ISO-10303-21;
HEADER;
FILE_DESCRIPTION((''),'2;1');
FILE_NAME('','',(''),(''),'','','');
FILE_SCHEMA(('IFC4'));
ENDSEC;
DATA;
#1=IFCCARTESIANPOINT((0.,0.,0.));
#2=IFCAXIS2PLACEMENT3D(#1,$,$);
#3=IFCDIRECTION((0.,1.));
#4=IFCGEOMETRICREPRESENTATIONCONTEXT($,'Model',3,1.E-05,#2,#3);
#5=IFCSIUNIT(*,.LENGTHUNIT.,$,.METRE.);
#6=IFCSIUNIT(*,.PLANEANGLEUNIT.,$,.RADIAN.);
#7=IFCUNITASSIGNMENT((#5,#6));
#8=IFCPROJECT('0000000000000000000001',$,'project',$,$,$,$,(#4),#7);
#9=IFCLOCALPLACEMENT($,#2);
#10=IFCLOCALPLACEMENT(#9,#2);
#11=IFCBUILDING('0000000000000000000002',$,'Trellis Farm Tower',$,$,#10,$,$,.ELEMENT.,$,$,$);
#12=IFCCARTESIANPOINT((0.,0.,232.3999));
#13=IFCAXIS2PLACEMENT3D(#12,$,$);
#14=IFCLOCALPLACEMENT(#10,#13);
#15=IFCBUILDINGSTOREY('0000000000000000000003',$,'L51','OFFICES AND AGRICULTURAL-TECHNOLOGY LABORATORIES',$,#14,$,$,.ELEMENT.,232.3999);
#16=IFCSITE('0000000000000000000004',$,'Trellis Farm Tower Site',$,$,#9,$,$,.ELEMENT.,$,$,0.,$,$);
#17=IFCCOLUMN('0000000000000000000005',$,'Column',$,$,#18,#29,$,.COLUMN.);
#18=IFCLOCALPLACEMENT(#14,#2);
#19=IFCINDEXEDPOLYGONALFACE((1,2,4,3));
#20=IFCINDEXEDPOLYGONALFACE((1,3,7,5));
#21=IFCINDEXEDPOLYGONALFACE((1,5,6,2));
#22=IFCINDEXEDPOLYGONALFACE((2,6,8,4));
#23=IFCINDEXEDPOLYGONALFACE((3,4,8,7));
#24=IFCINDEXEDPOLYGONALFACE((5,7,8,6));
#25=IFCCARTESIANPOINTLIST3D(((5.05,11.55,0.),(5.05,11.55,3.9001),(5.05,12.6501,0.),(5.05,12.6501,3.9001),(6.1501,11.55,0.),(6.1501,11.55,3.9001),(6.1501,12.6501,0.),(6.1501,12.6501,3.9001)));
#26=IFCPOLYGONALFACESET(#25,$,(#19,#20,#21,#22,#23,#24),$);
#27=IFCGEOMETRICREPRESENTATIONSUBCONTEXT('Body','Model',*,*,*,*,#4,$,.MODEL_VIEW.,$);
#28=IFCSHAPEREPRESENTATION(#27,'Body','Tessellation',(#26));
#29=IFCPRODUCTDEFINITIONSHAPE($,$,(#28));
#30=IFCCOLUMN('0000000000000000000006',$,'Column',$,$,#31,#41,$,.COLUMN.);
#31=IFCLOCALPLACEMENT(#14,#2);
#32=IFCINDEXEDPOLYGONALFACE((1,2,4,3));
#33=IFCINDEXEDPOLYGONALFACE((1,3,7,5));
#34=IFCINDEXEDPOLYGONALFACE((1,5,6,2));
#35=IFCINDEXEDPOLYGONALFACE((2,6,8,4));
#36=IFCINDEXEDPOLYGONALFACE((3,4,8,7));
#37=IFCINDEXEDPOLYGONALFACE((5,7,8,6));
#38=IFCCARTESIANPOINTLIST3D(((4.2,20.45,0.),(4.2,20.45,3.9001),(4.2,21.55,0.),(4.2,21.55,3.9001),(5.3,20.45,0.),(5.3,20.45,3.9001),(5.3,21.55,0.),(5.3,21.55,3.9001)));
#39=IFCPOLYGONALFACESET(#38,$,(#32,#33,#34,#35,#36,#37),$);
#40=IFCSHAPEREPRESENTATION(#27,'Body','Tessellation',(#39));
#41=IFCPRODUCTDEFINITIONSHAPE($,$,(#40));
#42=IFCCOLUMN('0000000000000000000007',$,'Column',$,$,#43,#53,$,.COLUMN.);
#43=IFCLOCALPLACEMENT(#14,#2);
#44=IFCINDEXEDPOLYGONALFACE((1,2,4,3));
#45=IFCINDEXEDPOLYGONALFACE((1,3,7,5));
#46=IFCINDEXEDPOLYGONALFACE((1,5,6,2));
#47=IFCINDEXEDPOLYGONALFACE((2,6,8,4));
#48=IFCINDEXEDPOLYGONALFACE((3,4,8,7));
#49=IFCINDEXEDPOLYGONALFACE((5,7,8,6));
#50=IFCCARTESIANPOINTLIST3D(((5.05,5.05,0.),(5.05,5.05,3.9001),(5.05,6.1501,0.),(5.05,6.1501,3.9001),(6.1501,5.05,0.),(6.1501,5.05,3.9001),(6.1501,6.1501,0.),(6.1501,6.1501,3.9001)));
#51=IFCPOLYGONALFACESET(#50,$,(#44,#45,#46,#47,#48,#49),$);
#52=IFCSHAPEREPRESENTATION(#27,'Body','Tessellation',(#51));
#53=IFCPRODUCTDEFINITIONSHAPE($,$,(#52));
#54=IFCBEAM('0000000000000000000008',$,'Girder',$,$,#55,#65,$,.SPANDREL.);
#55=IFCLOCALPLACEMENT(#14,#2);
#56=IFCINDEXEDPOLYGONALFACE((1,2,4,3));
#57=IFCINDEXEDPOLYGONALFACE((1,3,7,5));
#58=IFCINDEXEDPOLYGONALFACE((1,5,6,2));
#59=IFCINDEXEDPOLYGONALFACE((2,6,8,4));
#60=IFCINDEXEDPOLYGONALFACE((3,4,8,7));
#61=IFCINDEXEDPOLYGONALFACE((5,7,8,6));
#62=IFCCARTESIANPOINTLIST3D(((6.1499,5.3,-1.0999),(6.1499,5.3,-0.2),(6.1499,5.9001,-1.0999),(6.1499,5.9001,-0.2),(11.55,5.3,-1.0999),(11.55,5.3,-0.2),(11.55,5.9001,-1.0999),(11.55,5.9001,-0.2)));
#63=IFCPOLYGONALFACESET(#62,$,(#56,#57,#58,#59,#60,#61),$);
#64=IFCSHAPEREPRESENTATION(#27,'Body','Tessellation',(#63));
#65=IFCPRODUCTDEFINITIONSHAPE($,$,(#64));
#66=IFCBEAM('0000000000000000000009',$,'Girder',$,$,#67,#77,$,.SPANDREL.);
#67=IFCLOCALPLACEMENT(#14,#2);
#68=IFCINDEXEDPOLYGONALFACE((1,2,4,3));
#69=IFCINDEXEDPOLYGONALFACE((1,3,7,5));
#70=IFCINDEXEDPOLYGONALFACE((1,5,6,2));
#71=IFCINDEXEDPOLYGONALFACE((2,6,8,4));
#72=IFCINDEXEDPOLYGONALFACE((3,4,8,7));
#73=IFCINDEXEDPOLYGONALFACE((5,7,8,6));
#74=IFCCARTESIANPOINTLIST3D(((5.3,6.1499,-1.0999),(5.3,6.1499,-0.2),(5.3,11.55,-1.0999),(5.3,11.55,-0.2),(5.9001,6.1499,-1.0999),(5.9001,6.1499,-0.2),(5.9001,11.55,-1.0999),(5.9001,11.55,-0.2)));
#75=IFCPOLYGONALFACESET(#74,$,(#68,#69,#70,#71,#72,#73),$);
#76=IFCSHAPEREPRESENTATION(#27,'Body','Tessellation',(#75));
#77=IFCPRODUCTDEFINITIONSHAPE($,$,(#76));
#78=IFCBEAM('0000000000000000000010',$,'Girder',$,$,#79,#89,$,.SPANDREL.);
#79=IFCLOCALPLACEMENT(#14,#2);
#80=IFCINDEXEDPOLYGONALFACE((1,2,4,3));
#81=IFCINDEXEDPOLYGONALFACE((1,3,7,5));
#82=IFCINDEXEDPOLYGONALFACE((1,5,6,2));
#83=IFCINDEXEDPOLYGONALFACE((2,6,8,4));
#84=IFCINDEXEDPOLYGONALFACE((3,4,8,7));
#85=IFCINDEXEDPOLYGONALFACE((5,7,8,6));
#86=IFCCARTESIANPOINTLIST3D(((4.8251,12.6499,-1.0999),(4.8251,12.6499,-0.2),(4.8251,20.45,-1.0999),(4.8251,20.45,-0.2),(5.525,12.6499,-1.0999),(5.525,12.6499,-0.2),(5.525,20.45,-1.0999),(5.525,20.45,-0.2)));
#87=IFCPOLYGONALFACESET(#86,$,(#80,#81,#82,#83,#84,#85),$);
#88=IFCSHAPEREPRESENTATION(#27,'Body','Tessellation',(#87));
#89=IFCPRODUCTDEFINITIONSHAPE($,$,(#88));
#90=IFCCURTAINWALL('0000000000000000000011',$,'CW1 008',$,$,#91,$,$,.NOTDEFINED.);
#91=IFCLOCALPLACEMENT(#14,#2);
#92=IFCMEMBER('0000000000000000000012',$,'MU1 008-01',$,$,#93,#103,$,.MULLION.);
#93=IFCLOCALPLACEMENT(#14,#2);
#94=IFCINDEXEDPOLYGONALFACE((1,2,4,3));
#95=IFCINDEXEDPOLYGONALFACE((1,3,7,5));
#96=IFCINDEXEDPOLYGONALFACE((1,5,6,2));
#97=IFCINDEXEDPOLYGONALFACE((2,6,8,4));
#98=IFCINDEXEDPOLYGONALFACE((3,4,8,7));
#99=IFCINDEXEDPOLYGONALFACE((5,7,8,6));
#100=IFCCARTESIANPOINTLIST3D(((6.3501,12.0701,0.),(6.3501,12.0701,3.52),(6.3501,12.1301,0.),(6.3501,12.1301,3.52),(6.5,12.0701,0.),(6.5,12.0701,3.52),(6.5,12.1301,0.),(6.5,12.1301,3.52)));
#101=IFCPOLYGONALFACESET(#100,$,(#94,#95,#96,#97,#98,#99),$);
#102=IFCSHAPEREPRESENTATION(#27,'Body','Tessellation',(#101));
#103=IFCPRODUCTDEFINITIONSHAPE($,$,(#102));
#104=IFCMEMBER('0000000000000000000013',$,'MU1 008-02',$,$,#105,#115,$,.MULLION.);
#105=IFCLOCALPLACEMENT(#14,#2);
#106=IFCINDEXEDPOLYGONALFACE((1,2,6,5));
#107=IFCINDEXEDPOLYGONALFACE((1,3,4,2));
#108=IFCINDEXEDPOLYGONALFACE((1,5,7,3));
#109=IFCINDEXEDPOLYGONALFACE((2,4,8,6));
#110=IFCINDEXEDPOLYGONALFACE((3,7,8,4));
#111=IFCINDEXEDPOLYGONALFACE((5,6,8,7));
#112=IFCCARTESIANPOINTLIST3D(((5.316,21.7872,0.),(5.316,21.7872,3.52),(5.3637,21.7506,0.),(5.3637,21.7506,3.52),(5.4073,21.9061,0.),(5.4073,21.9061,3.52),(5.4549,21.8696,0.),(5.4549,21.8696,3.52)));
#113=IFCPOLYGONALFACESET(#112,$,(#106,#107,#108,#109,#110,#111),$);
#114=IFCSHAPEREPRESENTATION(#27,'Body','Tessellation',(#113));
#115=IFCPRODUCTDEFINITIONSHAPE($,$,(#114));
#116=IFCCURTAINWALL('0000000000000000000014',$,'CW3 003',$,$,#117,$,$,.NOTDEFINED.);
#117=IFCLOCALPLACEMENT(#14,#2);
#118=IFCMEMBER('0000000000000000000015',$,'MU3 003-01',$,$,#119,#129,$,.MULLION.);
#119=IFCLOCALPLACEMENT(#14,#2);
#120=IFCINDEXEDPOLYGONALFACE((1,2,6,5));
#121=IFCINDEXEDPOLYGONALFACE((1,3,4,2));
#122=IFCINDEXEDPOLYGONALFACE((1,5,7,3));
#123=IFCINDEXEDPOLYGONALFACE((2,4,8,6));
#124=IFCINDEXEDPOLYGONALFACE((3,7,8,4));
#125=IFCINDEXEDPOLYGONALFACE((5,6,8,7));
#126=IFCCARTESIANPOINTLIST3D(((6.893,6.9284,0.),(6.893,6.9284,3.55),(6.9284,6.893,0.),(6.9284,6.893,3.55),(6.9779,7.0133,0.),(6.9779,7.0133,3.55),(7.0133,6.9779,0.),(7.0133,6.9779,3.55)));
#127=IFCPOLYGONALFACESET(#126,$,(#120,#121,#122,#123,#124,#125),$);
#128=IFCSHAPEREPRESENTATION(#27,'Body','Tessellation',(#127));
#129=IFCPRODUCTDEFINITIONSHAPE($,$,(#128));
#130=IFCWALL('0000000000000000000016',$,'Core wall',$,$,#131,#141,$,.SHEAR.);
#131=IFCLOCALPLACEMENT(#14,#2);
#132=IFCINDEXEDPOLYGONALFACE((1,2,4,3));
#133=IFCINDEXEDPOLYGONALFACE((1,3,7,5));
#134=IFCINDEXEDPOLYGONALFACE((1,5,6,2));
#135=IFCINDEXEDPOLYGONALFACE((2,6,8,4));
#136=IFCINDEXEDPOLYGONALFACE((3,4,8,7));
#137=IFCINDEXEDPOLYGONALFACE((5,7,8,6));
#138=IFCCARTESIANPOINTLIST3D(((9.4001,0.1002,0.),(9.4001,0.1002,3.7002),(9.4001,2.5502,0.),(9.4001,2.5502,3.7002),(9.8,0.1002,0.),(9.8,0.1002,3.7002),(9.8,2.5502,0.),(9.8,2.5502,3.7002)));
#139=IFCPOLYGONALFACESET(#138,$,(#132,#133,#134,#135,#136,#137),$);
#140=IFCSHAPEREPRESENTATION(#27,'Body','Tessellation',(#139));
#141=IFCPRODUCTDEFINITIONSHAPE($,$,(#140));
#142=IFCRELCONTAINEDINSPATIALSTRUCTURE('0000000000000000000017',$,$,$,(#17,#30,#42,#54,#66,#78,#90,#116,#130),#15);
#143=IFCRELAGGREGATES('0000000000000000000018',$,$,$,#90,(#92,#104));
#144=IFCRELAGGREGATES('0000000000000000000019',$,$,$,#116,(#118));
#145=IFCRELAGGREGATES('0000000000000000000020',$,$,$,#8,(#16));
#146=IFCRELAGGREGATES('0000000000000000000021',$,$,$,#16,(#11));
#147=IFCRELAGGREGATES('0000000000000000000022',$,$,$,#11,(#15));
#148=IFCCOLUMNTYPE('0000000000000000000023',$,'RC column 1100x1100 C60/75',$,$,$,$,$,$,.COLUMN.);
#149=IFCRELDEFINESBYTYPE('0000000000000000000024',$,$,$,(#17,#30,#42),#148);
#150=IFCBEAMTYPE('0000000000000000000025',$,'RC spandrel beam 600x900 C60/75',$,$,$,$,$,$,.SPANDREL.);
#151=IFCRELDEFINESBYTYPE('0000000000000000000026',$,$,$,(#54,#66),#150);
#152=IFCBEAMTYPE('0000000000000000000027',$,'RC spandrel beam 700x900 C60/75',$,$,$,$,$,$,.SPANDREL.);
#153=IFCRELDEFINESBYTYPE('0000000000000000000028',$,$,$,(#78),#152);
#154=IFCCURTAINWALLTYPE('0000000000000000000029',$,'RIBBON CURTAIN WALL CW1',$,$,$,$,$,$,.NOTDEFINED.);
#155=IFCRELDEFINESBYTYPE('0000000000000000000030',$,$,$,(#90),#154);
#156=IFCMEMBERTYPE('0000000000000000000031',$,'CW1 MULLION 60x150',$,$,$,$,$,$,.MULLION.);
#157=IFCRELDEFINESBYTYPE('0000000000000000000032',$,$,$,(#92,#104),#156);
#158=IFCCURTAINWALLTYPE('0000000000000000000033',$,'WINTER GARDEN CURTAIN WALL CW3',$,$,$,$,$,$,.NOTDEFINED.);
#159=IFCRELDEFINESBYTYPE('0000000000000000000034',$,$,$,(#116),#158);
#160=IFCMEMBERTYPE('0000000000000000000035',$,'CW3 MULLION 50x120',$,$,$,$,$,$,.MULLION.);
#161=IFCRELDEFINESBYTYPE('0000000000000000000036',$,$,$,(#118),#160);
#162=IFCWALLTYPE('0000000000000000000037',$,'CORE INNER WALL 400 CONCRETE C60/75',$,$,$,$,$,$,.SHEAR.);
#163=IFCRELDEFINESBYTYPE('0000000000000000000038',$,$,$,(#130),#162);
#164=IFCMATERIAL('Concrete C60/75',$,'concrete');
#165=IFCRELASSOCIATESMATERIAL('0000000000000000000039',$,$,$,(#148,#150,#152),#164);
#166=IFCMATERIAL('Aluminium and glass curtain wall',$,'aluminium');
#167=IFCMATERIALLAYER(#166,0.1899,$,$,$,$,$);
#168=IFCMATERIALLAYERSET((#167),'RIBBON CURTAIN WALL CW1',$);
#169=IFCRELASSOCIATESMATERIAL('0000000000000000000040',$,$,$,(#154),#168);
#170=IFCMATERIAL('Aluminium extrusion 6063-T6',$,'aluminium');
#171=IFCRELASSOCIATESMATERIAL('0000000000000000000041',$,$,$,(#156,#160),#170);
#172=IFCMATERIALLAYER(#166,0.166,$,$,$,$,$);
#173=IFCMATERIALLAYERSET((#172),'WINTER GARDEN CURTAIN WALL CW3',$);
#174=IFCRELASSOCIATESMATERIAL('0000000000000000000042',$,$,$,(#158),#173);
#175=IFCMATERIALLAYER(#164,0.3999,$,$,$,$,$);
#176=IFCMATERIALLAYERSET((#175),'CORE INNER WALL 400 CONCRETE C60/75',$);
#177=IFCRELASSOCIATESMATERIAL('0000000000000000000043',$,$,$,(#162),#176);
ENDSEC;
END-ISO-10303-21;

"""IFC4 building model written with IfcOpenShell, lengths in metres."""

from ifc_helpers import new_model, si_unit, direction, frame, frame_2d, origin, origin_2d, place, context, subcontext, project, spatial, rectangle, extrude, source, transform, mapped, material, layer, layer_set, material_profile, profile_set, type_object, element, aggregate, save


model = new_model("IFC4")

# Units and contexts
model_context = context("Model", 3, precision=1e-05, world=origin(), true_north=direction((0.0, 1.0)))
body_context = subcontext(model_context, "Body", "Model", "MODEL_VIEW")
ifc_project = project(units=[si_unit("LENGTHUNIT", "METRE"), si_unit("PLANEANGLEUNIT", "RADIAN")], contexts=[model_context])

# Site, building, storey
site_placement = place(None, origin())
site = spatial("IfcSite", under=ifc_project, at=site_placement, Name="Trellis Farm Tower Site", CompositionType="ELEMENT", RefElevation=0.0)
building_placement = place(site_placement, origin())
building = spatial("IfcBuilding", under=site, at=building_placement, Name="Trellis Farm Tower", CompositionType="ELEMENT")
storey_placement = place(building_placement, frame((0.0, 0.0, 232.3999)))
storey = spatial("IfcBuildingStorey", under=building, at=storey_placement, Name="L51", Description="OFFICES AND AGRICULTURAL-TECHNOLOGY LABORATORIES", CompositionType="ELEMENT", Elevation=232.3999)

# Columns
ifc_material_1 = material(Name="Concrete C60/75", Category="concrete")
ifc_material_profile_1 = material_profile(ifc_material_1, rectangle(XDim=1.1001, YDim=1.1001, at=origin_2d()), Name="RC column 1100x1100 C60/75")
ifc_profile_set_1 = profile_set([ifc_material_profile_1], Name="Concrete C60/75")
column_type = type_object("IfcColumnType", Name="RC column 1100x1100 C60/75", PredefinedType="COLUMN", material=ifc_profile_set_1)
shared_shape_1 = source(origin(), body_context, "Body", "SweptSolid", [
    extrude(rectangle(XDim=1.1001, YDim=1.1001, at=origin_2d()), origin(), (0.0, 0.0, 1.0), 3.9001),
])
for number, where, z_axis, x_axis, name in (
    (1, (5.6001, 12.1001, 0.0), (0.0, 0.0, 1.0), (1.0, 0.0, 0.0), "Column"),
    (2, (4.75, 21.0, 0.0), (0.0, 0.0, 1.0), (1.0, 0.0, 0.0), "Column"),
    (3, (5.6001, 5.6001, 0.0), (0.0, 0.0, 1.0), (1.0, 0.0, 0.0), "Column"),
):
    element("IfcColumn", number, at=place(storey_placement, frame(where, z_axis=z_axis, x_axis=x_axis)), inside=storey, type_object=column_type, Name=name, PredefinedType="COLUMN", context=body_context, shape_type="MappedRepresentation", body=[
        mapped(shared_shape_1, transform((0.0, 0.0, 0.0))),
    ])

# Beams
ifc_material_profile_2 = material_profile(ifc_material_1, rectangle(XDim=0.6001, YDim=0.8999, at=origin_2d()), Name="RC spandrel beam 600x900 C60/75")
ifc_profile_set_2 = profile_set([ifc_material_profile_2], Name="Concrete C60/75")
beam_type_1 = type_object("IfcBeamType", Name="RC spandrel beam 600x900 C60/75", PredefinedType="SPANDREL", material=ifc_profile_set_2)
shared_shape_2 = source(origin(), body_context, "Body", "SweptSolid", [
    extrude(rectangle(XDim=0.6001, YDim=0.8999, at=origin_2d()), origin(), (0.0, 0.0, 1.0), 5.4001),
])
for number, where, z_axis, x_axis, name in (
    (4, (6.1499, 5.6001, -0.6499), (1.0, 0.0, 0.0), (0.0, 1.0, 0.0), "Girder"),
    (5, (5.6001, 6.1499, -0.6499), (0.0, 1.0, 0.0), (-1.0, 0.0, 0.0), "Girder"),
):
    element("IfcBeam", number, at=place(storey_placement, frame(where, z_axis=z_axis, x_axis=x_axis)), inside=storey, type_object=beam_type_1, Name=name, PredefinedType="SPANDREL", context=body_context, shape_type="MappedRepresentation", body=[
        mapped(shared_shape_2, transform((0.0, 0.0, 0.0))),
    ])
ifc_material_profile_3 = material_profile(ifc_material_1, rectangle(XDim=0.7, YDim=0.8999, at=origin_2d()), Name="RC spandrel beam 700x900 C60/75")
ifc_profile_set_3 = profile_set([ifc_material_profile_3], Name="Concrete C60/75")
beam_type_2 = type_object("IfcBeamType", Name="RC spandrel beam 700x900 C60/75", PredefinedType="SPANDREL", material=ifc_profile_set_3)
shared_shape_3 = source(origin(), body_context, "Body", "SweptSolid", [
    extrude(rectangle(XDim=0.7, YDim=0.8999, at=origin_2d()), origin(), (0.0, 0.0, 1.0), 7.8),
])
beam_placement = place(storey_placement, frame((5.175, 12.6499, -0.6499), z_axis=(0.0, 1.0, 0.0), x_axis=(-1.0, 0.0, 0.0)))
element("IfcBeam", 6, at=beam_placement, inside=storey, type_object=beam_type_2, Name="Girder", PredefinedType="SPANDREL", context=body_context, shape_type="MappedRepresentation", body=[
    mapped(shared_shape_3, transform((0.0, 0.0, 0.0))),
])

# Curtain wall, members
ifc_material_2 = material(Name="Aluminium and glass curtain wall", Category="aluminium")
ifc_layer_1 = layer(ifc_material_2, 0.1899)
ifc_layer_set_1 = layer_set([ifc_layer_1], Name="RIBBON CURTAIN WALL CW1")
curtain_wall_type_1 = type_object("IfcCurtainWallType", Name="RIBBON CURTAIN WALL CW1", PredefinedType="NOTDEFINED", material=ifc_layer_set_1)
placement = place(storey_placement, origin())
curtain_wall_1 = element("IfcCurtainWall", 7, at=placement, inside=storey, type_object=curtain_wall_type_1, Name="CW1 008", PredefinedType="NOTDEFINED")
ifc_material_3 = material(Name="Aluminium extrusion 6063-T6", Category="aluminium")
ifc_material_profile_4 = material_profile(ifc_material_3, rectangle(XDim=0.0601, YDim=0.1499, at=origin_2d()), Name="MULLION 60x150")
ifc_profile_set_4 = profile_set([ifc_material_profile_4], Name="Aluminium extrusion 6063-T6")
member_type_1 = type_object("IfcMemberType", Name="CW1 MULLION 60x150", PredefinedType="MULLION", material=ifc_profile_set_4)
shared_shape_4 = source(origin(), body_context, "Body", "SweptSolid", [
    extrude(rectangle(XDim=0.0601, YDim=0.1499, at=origin_2d()), origin(), (0.0, 0.0, 1.0), 3.52),
])
member_1_placement = place(storey_placement, frame((6.425, 12.1001, 0.0), z_axis=(0.0, 0.0, 1.0), x_axis=(0.0, 1.0, 0.0)))
member_1 = element("IfcMember", 8, at=member_1_placement, type_object=member_type_1, Name="MU1 008-01", PredefinedType="MULLION", context=body_context, shape_type="MappedRepresentation", body=[
    mapped(shared_shape_4, transform((0.0, 0.0, 0.0))),
])
member_2_placement = place(storey_placement, frame((5.3855, 21.8284, 0.0), z_axis=(0.0, 0.0, 1.0), x_axis=(-0.793353, 0.608761, 0.0)))
member_2 = element("IfcMember", 9, at=member_2_placement, type_object=member_type_1, Name="MU1 008-02", PredefinedType="MULLION", context=body_context, shape_type="MappedRepresentation", body=[
    mapped(shared_shape_4, transform((0.0, 0.0, 0.0))),
])
aggregate(curtain_wall_1, [member_1, member_2])

# Curtain wall, member
ifc_layer_2 = layer(ifc_material_2, 0.166)
ifc_layer_set_2 = layer_set([ifc_layer_2], Name="WINTER GARDEN CURTAIN WALL CW3")
curtain_wall_type_2 = type_object("IfcCurtainWallType", Name="WINTER GARDEN CURTAIN WALL CW3", PredefinedType="NOTDEFINED", material=ifc_layer_set_2)
curtain_wall_2 = element("IfcCurtainWall", 10, at=placement, inside=storey, type_object=curtain_wall_type_2, Name="CW3 003", PredefinedType="NOTDEFINED")
ifc_material_profile_5 = material_profile(ifc_material_3, rectangle(XDim=0.05, YDim=0.1201, at=origin_2d()), Name="MULLION 50x120")
ifc_profile_set_5 = profile_set([ifc_material_profile_5], Name="Aluminium extrusion 6063-T6")
member_type_2 = type_object("IfcMemberType", Name="CW3 MULLION 50x120", PredefinedType="MULLION", material=ifc_profile_set_5)
shared_shape_5 = source(origin(), body_context, "Body", "SweptSolid", [
    extrude(rectangle(XDim=0.05, YDim=0.1201, at=origin_2d()), origin(), (0.0, 0.0, 1.0), 3.55),
])
member_3_placement = place(storey_placement, frame((6.9531, 6.9531, 0.0), z_axis=(0.0, 0.0, 1.0), x_axis=(-0.707107, 0.707107, 0.0)))
member_3 = element("IfcMember", 11, at=member_3_placement, type_object=member_type_2, Name="MU3 003-01", PredefinedType="MULLION", context=body_context, shape_type="MappedRepresentation", body=[
    mapped(shared_shape_5, transform((0.0, 0.0, 0.0))),
])
aggregate(curtain_wall_2, [member_3])

# Wall
ifc_layer_3 = layer(ifc_material_1, 0.3999)
ifc_layer_set_3 = layer_set([ifc_layer_3], Name="CORE INNER WALL 400 CONCRETE C60/75")
wall_type_1 = type_object("IfcWallType", Name="CORE INNER WALL 400 CONCRETE C60/75", PredefinedType="SHEAR", material=ifc_layer_set_3)
shared_shape_6 = source(origin(), body_context, "Body", "SweptSolid", [
    extrude(rectangle(XDim=2.45, YDim=0.3999, at=frame_2d((1.2251, 0.0))), origin(), (0.0, 0.0, 1.0), 3.7002),
])
wall_1_placement = place(storey_placement, frame((9.6001, 0.1001, 0.0), z_axis=(0.0, 0.0, 1.0), x_axis=(0.0, 1.0, 0.0)))
element("IfcWall", 12, at=wall_1_placement, inside=storey, type_object=wall_type_1, Name="Core wall", PredefinedType="SHEAR", context=body_context, shape_type="MappedRepresentation", body=[
    mapped(shared_shape_6, transform((0.0, 0.0, 0.0))),
])

save(model, "model.ifc")
